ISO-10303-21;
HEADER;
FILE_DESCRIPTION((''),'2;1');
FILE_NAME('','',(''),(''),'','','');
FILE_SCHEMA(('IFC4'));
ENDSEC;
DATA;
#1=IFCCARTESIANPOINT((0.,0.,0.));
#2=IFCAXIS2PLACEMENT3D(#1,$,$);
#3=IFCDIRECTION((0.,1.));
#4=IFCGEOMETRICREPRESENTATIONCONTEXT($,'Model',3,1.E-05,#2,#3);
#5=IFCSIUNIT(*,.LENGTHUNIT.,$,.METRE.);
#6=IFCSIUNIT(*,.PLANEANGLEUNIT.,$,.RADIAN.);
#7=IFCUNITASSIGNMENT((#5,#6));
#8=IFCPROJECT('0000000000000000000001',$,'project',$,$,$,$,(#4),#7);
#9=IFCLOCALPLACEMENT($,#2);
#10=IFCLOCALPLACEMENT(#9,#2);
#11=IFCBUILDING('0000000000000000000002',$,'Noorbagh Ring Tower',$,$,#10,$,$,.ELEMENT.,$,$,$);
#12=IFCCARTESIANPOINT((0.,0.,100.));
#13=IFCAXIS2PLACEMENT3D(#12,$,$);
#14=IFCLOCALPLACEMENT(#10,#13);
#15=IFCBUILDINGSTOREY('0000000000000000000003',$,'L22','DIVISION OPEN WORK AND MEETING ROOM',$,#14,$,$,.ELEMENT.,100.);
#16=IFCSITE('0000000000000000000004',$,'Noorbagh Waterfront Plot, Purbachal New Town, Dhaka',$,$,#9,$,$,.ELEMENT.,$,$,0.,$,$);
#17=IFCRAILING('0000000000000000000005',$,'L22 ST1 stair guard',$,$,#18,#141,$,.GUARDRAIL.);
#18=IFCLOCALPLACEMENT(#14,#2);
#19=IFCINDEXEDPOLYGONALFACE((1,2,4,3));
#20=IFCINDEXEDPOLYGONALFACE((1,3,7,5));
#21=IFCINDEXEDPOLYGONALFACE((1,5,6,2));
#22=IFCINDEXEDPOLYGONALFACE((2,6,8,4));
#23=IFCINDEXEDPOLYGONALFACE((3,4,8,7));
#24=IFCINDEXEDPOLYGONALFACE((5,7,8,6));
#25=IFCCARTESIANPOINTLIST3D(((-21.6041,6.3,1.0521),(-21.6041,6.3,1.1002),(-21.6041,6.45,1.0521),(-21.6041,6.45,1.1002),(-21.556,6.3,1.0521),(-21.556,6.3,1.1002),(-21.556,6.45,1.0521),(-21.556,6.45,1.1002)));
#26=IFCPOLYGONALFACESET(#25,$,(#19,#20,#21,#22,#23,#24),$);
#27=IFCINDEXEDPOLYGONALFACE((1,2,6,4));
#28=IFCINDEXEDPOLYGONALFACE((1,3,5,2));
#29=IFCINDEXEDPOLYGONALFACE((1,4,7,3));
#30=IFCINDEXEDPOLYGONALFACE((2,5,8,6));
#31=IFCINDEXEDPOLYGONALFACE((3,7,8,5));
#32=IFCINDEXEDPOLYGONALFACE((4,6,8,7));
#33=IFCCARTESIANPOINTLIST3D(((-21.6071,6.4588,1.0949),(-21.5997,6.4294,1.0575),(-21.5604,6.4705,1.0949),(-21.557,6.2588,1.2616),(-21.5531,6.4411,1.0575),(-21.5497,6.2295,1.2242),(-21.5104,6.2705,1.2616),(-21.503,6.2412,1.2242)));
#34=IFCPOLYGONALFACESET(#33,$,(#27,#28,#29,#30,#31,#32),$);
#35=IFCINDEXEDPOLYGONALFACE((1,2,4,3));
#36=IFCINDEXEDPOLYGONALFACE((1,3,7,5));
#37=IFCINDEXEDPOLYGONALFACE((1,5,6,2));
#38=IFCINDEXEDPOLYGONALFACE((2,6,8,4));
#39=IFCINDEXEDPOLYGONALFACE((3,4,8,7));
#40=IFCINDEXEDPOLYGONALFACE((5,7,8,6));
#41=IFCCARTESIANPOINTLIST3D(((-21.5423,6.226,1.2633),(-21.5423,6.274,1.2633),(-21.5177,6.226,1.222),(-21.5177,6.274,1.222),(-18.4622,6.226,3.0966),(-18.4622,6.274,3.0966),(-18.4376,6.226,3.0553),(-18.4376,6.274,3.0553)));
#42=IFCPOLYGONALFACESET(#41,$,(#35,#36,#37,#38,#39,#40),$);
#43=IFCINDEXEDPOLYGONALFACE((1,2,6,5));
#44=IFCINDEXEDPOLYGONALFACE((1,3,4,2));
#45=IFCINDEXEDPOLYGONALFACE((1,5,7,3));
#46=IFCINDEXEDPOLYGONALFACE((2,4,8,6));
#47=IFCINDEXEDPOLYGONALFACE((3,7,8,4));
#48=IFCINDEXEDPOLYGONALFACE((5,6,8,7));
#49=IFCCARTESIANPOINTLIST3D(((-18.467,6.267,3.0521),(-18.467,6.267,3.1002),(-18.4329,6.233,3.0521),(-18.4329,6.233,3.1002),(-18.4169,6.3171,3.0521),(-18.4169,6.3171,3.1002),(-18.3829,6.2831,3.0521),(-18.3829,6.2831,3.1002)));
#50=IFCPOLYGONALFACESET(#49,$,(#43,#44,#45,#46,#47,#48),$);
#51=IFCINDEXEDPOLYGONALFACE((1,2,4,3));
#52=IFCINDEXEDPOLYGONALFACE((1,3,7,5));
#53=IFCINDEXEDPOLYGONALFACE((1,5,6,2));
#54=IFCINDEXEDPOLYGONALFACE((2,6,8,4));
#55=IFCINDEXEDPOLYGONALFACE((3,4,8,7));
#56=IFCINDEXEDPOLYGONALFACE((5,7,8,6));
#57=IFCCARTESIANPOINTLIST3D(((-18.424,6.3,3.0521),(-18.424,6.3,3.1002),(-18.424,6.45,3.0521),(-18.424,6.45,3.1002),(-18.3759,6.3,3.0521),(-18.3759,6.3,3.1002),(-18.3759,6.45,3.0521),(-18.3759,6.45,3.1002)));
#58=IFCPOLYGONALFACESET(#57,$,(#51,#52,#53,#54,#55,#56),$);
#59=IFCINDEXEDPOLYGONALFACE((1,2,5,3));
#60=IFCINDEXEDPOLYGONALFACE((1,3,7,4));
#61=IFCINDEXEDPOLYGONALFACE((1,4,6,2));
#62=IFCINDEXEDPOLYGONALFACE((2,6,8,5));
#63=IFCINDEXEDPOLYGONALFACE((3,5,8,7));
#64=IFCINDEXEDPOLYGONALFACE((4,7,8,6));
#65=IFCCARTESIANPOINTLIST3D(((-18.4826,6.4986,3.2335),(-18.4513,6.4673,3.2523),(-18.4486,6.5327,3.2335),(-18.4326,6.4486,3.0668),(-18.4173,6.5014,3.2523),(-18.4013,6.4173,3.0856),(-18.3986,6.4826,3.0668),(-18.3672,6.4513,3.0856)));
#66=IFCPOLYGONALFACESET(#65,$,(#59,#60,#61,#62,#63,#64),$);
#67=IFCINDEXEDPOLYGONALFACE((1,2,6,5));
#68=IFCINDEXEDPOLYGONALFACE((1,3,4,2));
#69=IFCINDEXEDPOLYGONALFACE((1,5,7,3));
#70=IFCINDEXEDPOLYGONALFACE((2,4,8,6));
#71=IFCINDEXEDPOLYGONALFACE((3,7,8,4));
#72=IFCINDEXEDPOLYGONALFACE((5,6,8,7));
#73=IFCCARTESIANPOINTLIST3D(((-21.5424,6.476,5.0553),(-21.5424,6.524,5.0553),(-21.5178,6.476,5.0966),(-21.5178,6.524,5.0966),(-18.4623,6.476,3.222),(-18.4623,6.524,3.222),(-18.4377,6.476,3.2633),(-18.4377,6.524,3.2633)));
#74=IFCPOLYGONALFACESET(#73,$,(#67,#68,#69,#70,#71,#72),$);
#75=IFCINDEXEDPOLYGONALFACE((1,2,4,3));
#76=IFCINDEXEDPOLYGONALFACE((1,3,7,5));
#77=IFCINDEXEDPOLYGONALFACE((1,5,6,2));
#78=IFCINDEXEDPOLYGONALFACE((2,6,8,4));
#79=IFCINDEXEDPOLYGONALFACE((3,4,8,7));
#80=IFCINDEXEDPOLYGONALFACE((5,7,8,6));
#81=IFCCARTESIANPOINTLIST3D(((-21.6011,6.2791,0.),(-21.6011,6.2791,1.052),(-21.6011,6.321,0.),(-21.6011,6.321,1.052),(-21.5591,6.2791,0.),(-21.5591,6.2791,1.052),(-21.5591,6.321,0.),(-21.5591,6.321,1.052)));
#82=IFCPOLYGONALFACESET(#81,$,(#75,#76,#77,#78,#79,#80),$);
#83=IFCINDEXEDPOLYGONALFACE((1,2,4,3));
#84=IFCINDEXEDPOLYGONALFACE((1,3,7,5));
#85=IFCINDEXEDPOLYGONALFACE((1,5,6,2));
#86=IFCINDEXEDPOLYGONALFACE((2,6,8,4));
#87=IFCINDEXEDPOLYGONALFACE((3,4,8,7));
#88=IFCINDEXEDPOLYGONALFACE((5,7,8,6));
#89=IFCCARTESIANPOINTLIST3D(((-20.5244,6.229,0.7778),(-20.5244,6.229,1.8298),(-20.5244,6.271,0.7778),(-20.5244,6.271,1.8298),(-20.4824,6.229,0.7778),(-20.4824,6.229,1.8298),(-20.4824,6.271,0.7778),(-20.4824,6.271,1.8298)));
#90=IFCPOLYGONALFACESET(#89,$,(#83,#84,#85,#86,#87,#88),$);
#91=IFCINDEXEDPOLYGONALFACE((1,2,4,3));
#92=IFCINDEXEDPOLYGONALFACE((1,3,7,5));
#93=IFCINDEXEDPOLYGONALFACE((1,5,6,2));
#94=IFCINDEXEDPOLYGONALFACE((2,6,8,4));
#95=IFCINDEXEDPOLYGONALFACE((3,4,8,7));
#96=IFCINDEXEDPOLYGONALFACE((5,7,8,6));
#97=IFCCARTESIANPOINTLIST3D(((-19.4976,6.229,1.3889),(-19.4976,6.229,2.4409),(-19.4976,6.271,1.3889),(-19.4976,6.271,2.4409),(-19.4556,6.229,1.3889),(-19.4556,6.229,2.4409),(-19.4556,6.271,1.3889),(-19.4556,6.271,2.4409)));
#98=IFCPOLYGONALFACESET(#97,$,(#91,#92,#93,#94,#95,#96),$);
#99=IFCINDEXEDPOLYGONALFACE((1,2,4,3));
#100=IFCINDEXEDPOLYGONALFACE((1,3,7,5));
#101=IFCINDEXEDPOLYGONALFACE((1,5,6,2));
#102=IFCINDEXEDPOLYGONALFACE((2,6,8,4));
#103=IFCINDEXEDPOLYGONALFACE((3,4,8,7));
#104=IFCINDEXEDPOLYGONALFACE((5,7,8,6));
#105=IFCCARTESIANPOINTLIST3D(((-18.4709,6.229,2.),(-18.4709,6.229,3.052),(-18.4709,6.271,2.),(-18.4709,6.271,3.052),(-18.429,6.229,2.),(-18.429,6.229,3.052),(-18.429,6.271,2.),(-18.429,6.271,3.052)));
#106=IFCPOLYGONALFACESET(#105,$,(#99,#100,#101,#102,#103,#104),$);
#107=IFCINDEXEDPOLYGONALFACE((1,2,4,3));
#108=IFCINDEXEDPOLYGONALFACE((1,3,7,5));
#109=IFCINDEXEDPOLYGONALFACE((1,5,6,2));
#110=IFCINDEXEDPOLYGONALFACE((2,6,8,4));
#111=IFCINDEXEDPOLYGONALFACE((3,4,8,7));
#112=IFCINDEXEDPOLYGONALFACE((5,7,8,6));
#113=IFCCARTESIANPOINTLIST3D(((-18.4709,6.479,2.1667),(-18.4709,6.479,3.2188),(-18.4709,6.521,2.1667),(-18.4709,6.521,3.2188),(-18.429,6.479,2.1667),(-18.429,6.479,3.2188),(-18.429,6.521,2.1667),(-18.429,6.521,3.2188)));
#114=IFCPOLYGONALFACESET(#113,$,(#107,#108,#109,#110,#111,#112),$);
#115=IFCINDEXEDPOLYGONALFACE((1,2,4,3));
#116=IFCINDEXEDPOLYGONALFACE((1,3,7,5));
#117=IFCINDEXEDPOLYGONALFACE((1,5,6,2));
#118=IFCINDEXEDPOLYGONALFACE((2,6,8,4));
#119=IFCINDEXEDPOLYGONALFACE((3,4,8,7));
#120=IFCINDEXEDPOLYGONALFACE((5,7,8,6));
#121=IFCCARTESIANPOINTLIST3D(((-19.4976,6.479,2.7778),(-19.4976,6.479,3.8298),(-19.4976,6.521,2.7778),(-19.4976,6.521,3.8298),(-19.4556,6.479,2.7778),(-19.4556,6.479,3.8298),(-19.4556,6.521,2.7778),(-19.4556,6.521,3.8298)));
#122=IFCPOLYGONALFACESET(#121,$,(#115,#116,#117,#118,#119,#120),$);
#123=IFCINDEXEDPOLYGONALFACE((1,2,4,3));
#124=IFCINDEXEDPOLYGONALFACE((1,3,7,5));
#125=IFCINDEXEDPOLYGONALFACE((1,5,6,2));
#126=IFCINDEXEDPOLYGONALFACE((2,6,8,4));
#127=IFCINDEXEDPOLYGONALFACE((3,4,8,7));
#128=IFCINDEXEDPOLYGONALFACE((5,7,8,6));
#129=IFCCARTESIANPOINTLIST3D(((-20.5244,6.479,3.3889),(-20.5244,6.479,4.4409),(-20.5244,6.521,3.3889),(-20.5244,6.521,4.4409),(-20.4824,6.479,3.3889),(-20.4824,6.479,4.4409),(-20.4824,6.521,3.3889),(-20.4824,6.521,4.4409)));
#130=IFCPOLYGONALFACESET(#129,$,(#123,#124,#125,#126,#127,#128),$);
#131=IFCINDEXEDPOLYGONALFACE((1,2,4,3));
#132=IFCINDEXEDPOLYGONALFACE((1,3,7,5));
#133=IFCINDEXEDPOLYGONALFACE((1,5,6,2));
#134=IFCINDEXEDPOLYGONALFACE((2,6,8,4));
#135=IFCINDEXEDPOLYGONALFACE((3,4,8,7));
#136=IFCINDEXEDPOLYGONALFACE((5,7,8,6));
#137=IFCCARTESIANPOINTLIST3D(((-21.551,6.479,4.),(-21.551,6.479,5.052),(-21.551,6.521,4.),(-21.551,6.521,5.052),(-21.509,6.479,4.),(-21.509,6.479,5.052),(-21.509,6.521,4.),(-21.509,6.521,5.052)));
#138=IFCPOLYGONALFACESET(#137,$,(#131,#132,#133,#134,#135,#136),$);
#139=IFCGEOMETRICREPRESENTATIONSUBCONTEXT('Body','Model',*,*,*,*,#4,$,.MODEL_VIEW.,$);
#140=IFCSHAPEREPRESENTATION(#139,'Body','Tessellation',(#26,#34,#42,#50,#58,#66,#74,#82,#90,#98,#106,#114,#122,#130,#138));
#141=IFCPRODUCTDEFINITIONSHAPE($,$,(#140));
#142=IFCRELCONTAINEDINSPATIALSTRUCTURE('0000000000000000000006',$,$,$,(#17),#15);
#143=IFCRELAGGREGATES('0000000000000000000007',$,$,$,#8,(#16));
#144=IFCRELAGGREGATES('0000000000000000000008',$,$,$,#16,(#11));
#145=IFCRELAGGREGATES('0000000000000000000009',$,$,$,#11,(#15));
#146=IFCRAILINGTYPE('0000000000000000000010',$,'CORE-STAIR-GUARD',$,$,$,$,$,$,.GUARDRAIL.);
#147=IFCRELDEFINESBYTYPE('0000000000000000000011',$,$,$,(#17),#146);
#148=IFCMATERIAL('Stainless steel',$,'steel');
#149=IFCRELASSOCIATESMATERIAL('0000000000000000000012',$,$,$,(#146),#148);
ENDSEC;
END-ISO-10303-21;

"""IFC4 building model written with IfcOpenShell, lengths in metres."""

from ifc_helpers import new_model, si_unit, direction, frame, origin, origin_2d, place, context, subcontext, project, spatial, rectangle, extrude, material, type_object, element, save


model = new_model("IFC4")

# Units and contexts
model_context = context("Model", 3, precision=1e-05, world=origin(), true_north=direction((0.0, 1.0)))
body_context = subcontext(model_context, "Body", "Model", "MODEL_VIEW")
ifc_project = project(units=[si_unit("LENGTHUNIT", "METRE"), si_unit("PLANEANGLEUNIT", "RADIAN")], contexts=[model_context])

# Site, building, storey
site_placement = place(None, origin())
site = spatial("IfcSite", under=ifc_project, at=site_placement, Name="Noorbagh Waterfront Plot, Purbachal New Town, Dhaka", CompositionType="ELEMENT", RefElevation=0.0)
building_placement = place(site_placement, origin())
building = spatial("IfcBuilding", under=site, at=building_placement, Name="Noorbagh Ring Tower", CompositionType="ELEMENT")
storey_placement = place(building_placement, frame((0.0, 0.0, 100.0)))
storey = spatial("IfcBuildingStorey", under=building, at=storey_placement, Name="L22", Description="DIVISION OPEN WORK AND MEETING ROOM", CompositionType="ELEMENT", Elevation=100.0)

# Railing
ifc_material_1 = material(Name="Stainless steel", Category="steel")
railing_type_1 = type_object("IfcRailingType", Name="CORE-STAIR-GUARD", PredefinedType="GUARDRAIL", material=ifc_material_1)
railing_1_placement = place(storey_placement, frame((-21.5801, 6.3, 0.0)))
element("IfcRailing", 1, at=railing_1_placement, inside=storey, type_object=railing_type_1, Name="L22 ST1 stair guard", PredefinedType="GUARDRAIL", context=body_context, shape_type="SweptSolid", body=[
    extrude(rectangle(XDim=0.0481, YDim=0.0481, at=origin_2d()), frame((0.0, 0.0, 1.0762), z_axis=(0.0, 1.0, 0.0), x_axis=(-1.0, 0.0, 0.0)), (0.0, 0.0, 1.0), 0.1499),
    extrude(rectangle(XDim=0.0481, YDim=0.0481, at=origin_2d()), frame((0.0, 0.1499, 1.0762), z_axis=(0.188776, -0.754182, 0.628946), x_axis=(0.970073, 0.242814, 0.0)), (0.0, 0.0, 1.0), 0.2651),
    extrude(rectangle(XDim=0.0481, YDim=0.0481, at=origin_2d()), frame((0.05, -0.05, 1.2427), z_axis=(0.859309, 0.0, 0.511458), x_axis=(0.0, 1.0, 0.0)), (0.0, 0.0, 1.0), 3.5845),
    extrude(rectangle(XDim=0.0481, YDim=0.0481, at=origin_2d()), frame((3.1301, -0.05, 3.0762), z_axis=(0.707107, 0.707107, 0.0), x_axis=(-0.707107, 0.707107, 0.0)), (0.0, 0.0, 1.0), 0.0708),
    extrude(rectangle(XDim=0.0481, YDim=0.0481, at=origin_2d()), frame((3.1802, 0.0, 3.0762), z_axis=(0.0, 1.0, 0.0), x_axis=(-1.0, 0.0, 0.0)), (0.0, 0.0, 1.0), 0.1499),
    extrude(rectangle(XDim=0.0481, YDim=0.0481, at=origin_2d()), frame((3.1802, 0.1499, 3.0762), z_axis=(-0.276287, 0.276287, 0.920506), x_axis=(-0.707107, -0.707107, 0.0)), (0.0, 0.0, 1.0), 0.1812),
    extrude(rectangle(XDim=0.0481, YDim=0.0481, at=origin_2d()), frame((3.1301, 0.2, 3.2427), z_axis=(-0.859309, 0.0, 0.511458), x_axis=(0.0, -1.0, 0.0)), (0.0, 0.0, 1.0), 3.5845),
    extrude(rectangle(XDim=0.042, YDim=0.042, at=origin_2d()), origin(), (0.0, 0.0, 1.0), 1.052),
    extrude(rectangle(XDim=0.042, YDim=0.042, at=origin_2d()), frame((1.0767, -0.05, 0.7778)), (0.0, 0.0, 1.0), 1.052),
    extrude(rectangle(XDim=0.042, YDim=0.042, at=origin_2d()), frame((2.1035, -0.05, 1.3889)), (0.0, 0.0, 1.0), 1.052),
    extrude(rectangle(XDim=0.042, YDim=0.042, at=origin_2d()), frame((3.1301, -0.05, 2.0)), (0.0, 0.0, 1.0), 1.052),
    extrude(rectangle(XDim=0.042, YDim=0.042, at=origin_2d()), frame((3.1301, 0.2, 2.1667)), (0.0, 0.0, 1.0), 1.052),
    extrude(rectangle(XDim=0.042, YDim=0.042, at=origin_2d()), frame((2.1035, 0.2, 2.7778)), (0.0, 0.0, 1.0), 1.052),
    extrude(rectangle(XDim=0.042, YDim=0.042, at=origin_2d()), frame((1.0767, 0.2, 3.3889)), (0.0, 0.0, 1.0), 1.052),
    extrude(rectangle(XDim=0.042, YDim=0.042, at=origin_2d()), frame((0.05, 0.2, 4.0)), (0.0, 0.0, 1.0), 1.052),
])

save(model, "model.ifc")
